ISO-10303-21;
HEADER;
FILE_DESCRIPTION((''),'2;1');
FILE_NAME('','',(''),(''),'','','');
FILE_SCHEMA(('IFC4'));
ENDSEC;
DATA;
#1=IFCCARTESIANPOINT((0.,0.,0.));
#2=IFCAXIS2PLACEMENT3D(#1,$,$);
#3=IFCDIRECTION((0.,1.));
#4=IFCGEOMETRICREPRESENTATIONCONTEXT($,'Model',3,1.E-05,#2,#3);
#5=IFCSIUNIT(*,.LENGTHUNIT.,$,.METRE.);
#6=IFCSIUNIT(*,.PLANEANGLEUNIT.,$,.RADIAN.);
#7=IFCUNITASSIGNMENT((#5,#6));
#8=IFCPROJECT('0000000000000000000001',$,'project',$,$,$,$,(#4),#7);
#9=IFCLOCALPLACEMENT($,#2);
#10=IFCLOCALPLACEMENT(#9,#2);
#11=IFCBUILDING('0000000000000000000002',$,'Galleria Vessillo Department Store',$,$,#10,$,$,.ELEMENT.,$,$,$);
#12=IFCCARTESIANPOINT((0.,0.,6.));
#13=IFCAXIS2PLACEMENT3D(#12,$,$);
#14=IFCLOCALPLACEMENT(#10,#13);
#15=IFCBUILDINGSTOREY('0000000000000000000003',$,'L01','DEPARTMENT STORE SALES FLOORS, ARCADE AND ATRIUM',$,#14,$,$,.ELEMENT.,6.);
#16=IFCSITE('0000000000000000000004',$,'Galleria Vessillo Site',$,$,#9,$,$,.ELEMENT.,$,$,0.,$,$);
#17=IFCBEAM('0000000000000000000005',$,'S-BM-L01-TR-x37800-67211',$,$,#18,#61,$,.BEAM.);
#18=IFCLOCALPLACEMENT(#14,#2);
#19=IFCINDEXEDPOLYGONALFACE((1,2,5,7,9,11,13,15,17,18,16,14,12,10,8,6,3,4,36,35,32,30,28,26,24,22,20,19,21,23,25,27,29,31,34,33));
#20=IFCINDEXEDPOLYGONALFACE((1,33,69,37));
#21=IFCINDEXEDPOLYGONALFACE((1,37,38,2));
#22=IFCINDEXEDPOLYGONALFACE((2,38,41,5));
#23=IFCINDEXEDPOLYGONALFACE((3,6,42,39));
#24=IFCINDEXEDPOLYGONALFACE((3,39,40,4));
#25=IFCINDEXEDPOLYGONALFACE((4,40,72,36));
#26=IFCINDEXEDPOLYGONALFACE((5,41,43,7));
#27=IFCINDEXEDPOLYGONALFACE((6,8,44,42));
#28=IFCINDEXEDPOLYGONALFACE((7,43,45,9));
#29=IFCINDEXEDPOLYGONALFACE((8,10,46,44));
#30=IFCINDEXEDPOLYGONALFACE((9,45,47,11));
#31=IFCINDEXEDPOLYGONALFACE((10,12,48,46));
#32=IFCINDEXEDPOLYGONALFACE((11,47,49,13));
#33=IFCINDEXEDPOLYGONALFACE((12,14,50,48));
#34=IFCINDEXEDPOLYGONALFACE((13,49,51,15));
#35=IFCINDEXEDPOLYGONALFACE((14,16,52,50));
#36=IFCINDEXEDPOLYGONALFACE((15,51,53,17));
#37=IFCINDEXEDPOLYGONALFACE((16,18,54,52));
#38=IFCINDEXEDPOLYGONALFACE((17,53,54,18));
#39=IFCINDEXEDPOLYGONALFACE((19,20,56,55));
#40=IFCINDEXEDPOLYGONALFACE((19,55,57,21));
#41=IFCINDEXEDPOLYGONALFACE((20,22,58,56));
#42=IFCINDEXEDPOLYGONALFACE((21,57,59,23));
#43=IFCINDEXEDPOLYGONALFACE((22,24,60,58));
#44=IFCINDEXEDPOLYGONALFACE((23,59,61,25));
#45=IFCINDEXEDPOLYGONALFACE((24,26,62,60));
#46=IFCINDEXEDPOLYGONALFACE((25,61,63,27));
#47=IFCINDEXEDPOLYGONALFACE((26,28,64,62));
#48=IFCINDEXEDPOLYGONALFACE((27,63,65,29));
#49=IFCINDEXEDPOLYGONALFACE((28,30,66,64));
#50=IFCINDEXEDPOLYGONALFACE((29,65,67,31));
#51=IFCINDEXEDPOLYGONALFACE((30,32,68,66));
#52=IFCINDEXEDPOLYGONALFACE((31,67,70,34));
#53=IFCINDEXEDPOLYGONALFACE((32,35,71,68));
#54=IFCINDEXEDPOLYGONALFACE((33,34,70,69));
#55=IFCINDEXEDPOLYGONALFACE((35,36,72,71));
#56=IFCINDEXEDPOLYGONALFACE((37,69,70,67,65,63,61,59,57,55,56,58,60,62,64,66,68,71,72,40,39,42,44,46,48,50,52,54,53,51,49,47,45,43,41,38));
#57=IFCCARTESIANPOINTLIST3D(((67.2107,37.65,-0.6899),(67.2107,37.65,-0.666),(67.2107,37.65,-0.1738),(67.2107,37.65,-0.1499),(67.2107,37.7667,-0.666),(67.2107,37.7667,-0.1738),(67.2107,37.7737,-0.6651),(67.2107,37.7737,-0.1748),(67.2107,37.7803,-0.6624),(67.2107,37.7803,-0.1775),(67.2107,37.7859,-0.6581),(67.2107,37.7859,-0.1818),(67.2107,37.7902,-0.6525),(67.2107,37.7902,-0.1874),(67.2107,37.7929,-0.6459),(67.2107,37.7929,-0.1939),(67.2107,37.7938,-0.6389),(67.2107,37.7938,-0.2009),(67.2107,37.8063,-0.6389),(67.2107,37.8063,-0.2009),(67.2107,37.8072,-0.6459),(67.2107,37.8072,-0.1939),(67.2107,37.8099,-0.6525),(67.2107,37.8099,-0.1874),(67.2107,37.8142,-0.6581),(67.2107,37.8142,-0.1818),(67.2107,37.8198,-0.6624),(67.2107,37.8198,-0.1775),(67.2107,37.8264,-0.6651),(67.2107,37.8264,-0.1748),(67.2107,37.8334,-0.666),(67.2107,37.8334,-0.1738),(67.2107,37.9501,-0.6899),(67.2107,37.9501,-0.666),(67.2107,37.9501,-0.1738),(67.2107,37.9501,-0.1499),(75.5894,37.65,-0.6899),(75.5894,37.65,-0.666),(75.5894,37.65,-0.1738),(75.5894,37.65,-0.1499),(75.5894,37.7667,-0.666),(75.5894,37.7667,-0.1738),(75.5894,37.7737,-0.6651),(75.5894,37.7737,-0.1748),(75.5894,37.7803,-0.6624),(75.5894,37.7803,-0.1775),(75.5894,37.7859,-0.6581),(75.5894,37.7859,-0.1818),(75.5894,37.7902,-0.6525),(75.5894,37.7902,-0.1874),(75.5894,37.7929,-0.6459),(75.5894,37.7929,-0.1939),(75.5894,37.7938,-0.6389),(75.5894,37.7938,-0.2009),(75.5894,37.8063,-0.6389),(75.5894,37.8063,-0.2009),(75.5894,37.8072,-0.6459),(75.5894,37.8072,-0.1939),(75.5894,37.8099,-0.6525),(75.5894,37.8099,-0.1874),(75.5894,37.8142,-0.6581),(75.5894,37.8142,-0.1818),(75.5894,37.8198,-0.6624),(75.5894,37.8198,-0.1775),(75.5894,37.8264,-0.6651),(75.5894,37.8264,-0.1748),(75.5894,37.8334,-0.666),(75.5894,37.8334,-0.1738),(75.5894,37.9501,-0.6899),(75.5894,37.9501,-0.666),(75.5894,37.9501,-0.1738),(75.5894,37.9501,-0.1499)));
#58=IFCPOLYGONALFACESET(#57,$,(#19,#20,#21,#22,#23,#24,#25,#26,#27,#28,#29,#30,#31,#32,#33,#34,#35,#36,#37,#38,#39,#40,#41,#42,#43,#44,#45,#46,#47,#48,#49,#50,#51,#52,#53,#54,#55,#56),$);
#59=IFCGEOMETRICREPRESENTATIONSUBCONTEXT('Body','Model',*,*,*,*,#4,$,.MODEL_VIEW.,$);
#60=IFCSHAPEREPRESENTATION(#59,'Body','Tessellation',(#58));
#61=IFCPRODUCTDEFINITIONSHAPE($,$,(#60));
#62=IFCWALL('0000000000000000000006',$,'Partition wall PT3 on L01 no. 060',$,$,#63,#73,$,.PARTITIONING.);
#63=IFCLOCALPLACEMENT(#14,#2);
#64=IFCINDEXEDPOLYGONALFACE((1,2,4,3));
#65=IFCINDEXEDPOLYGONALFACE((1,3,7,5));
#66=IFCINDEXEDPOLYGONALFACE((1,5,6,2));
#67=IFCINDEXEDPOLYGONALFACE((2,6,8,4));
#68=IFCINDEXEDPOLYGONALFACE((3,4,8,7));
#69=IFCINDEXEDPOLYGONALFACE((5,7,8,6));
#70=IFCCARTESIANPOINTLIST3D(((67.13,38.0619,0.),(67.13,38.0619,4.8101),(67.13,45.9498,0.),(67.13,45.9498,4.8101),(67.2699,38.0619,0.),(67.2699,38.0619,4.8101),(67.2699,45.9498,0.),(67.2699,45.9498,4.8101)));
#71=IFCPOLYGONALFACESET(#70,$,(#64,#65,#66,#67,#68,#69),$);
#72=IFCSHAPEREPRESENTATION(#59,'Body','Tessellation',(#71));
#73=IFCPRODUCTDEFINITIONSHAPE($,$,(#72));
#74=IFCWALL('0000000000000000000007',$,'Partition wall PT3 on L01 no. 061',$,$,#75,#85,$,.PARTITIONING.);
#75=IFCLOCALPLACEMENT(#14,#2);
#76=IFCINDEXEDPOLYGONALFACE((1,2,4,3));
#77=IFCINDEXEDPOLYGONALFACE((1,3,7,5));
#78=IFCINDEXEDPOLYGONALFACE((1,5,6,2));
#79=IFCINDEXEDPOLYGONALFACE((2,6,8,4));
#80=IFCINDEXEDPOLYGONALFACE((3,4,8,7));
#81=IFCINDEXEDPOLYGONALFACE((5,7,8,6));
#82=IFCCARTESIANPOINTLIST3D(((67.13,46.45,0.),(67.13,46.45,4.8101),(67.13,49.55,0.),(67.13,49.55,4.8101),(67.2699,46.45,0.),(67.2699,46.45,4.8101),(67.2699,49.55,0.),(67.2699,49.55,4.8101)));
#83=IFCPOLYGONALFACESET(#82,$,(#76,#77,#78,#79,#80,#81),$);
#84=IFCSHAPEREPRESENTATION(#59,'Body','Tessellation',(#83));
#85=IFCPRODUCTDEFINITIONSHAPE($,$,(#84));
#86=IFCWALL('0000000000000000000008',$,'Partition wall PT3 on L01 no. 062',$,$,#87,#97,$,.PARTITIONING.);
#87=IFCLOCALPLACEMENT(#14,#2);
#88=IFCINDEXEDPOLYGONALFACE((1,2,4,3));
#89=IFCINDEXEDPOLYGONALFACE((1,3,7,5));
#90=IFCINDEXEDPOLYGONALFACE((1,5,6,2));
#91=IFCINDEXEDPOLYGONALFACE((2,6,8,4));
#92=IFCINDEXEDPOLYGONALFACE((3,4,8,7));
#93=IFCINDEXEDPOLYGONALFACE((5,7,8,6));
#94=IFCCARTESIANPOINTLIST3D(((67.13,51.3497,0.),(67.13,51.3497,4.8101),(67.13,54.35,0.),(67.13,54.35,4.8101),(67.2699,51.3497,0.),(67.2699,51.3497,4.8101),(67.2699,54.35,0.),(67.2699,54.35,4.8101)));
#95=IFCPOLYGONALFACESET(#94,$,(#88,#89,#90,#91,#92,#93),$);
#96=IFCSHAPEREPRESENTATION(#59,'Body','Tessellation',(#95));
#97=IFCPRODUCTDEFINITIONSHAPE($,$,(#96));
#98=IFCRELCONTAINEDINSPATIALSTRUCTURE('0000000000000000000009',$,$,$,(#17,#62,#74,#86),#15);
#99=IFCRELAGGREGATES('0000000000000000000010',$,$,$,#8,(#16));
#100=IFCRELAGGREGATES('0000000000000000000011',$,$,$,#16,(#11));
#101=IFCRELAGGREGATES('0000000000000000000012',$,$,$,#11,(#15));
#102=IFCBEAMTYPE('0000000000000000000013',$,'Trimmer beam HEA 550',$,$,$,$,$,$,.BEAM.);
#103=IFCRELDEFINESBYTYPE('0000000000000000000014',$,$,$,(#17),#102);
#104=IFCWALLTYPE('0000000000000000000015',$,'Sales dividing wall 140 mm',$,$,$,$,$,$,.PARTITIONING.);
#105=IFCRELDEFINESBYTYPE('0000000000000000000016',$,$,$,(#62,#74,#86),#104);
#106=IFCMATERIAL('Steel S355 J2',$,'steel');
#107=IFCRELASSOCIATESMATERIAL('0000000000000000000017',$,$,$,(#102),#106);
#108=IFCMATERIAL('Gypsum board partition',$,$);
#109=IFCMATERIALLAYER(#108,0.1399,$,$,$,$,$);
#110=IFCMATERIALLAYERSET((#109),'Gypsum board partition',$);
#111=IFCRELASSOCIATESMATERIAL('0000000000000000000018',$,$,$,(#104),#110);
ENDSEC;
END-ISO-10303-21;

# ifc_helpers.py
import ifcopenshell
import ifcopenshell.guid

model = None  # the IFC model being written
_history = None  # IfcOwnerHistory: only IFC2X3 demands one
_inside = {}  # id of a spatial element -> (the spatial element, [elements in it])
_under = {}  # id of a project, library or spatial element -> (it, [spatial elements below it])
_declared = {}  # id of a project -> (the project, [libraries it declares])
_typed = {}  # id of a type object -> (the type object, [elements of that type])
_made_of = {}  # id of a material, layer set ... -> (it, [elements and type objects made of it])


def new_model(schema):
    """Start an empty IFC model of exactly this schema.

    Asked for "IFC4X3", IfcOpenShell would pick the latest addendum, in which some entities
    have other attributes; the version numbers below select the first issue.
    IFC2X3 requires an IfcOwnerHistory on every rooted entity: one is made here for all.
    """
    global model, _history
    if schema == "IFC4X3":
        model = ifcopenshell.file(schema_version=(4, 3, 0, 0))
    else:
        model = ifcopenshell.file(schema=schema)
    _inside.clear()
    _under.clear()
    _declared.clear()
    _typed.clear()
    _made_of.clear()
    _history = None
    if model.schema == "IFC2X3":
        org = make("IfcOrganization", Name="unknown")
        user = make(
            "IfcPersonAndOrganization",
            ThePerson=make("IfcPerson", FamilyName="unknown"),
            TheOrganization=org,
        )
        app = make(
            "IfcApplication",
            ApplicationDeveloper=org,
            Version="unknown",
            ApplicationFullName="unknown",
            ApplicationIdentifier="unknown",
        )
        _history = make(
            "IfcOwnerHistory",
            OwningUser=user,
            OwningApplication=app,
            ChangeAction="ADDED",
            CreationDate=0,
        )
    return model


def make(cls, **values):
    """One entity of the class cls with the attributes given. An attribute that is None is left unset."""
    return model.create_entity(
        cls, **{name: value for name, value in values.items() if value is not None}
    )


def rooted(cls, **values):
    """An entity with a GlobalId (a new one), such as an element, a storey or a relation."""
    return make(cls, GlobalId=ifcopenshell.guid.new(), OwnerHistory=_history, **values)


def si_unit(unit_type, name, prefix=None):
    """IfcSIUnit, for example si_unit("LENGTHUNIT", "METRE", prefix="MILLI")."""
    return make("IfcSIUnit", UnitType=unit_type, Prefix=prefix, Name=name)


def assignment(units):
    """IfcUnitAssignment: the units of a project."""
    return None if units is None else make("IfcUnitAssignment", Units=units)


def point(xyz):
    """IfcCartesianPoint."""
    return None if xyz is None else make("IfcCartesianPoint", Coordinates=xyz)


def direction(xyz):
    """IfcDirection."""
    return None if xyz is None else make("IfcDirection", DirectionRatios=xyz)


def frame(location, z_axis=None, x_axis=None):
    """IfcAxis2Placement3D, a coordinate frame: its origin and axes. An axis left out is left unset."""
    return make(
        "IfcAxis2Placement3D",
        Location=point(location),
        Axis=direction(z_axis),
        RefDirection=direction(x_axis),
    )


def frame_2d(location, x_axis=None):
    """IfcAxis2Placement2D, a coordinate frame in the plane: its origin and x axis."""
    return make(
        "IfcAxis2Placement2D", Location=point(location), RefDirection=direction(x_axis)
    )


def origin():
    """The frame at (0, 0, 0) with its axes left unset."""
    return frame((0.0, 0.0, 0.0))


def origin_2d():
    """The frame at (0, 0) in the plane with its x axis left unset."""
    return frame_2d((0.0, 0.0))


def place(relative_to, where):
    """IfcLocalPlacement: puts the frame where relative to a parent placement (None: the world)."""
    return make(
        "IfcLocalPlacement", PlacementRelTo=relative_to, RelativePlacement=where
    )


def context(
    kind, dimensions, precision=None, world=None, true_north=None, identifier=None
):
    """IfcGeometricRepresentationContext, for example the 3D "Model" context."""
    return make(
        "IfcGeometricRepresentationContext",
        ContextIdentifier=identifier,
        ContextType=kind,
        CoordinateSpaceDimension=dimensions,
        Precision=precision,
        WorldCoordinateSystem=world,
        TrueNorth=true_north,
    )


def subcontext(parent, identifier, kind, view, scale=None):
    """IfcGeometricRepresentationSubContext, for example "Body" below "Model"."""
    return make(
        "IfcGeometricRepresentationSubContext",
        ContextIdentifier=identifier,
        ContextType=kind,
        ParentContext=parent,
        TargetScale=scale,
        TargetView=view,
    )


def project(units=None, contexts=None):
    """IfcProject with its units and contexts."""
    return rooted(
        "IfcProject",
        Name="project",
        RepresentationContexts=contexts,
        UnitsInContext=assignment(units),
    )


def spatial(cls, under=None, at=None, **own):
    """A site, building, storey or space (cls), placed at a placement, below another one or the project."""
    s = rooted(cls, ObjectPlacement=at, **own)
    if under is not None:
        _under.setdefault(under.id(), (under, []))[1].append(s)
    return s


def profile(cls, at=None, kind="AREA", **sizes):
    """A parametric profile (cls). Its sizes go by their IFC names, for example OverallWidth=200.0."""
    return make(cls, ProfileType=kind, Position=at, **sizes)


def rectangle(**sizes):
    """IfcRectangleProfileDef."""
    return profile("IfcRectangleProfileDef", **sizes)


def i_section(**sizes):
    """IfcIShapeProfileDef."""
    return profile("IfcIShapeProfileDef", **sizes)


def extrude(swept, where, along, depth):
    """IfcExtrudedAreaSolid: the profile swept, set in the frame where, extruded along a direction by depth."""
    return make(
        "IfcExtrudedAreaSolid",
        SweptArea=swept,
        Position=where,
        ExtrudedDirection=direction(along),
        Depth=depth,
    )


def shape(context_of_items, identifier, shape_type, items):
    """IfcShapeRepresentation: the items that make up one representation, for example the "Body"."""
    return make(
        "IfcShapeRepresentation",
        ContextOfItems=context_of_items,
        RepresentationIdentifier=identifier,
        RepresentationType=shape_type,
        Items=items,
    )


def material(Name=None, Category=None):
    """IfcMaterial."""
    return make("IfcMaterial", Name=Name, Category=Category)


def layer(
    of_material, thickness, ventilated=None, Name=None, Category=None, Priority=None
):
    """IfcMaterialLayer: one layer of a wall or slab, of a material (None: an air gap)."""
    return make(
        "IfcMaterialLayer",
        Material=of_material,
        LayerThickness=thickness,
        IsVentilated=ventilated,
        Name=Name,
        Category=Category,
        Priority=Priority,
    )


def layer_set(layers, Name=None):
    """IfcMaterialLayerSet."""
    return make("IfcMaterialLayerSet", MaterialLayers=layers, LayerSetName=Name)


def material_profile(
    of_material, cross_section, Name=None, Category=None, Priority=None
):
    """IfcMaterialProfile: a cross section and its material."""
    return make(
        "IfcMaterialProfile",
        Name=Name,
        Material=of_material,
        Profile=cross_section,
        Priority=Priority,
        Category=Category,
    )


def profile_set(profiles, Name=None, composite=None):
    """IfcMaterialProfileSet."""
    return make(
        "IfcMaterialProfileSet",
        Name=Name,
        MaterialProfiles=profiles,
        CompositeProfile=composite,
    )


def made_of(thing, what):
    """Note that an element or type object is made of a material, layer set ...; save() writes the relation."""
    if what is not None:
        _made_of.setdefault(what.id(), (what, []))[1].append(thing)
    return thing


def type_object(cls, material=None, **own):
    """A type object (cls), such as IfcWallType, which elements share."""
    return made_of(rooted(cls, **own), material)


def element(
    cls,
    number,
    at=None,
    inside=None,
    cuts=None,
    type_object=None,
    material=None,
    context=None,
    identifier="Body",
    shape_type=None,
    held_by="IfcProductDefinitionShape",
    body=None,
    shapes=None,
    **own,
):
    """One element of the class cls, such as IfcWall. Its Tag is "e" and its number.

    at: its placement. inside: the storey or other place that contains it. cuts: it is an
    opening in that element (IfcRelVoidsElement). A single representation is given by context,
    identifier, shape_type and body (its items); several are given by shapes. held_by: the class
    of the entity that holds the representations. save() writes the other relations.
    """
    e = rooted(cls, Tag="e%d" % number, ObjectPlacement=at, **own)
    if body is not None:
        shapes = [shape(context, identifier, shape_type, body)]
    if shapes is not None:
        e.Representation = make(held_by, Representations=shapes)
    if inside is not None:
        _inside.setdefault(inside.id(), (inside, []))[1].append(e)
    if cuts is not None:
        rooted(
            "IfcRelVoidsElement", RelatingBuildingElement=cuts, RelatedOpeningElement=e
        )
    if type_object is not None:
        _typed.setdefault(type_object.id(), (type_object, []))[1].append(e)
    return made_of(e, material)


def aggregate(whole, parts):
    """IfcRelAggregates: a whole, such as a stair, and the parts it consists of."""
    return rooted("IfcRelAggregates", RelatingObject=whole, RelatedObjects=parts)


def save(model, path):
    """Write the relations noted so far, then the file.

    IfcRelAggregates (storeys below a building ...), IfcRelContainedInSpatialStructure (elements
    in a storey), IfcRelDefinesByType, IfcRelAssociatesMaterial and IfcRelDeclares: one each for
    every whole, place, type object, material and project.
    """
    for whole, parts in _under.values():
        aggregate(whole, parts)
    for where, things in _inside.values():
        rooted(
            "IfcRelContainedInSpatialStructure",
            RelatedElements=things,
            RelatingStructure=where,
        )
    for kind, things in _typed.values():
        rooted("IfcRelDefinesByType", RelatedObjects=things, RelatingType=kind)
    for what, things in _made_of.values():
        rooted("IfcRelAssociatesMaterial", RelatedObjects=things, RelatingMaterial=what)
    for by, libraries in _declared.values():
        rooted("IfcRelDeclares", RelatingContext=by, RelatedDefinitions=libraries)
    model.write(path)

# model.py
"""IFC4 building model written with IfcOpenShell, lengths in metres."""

from ifc_helpers import new_model, si_unit, direction, frame, frame_2d, origin, origin_2d, place, context, subcontext, project, spatial, rectangle, i_section, extrude, material, layer, layer_set, material_profile, profile_set, type_object, element, save


model = new_model("IFC4")

# Units and contexts
model_context = context("Model", 3, precision=1e-05, world=origin(), true_north=direction((0.0, 1.0)))
body_context = subcontext(model_context, "Body", "Model", "MODEL_VIEW")
ifc_project = project(units=[si_unit("LENGTHUNIT", "METRE"), si_unit("PLANEANGLEUNIT", "RADIAN")], contexts=[model_context])

# Site, building, storey
site_placement = place(None, origin())
site = spatial("IfcSite", under=ifc_project, at=site_placement, Name="Galleria Vessillo Site", CompositionType="ELEMENT", RefElevation=0.0)
building_placement = place(site_placement, origin())
building = spatial("IfcBuilding", under=site, at=building_placement, Name="Galleria Vessillo Department Store", CompositionType="ELEMENT")
storey_placement = place(building_placement, frame((0.0, 0.0, 6.0)))
storey = spatial("IfcBuildingStorey", under=building, at=storey_placement, Name="L01", Description="DEPARTMENT STORE SALES FLOORS, ARCADE AND ATRIUM", CompositionType="ELEMENT", Elevation=6.0)

# Beam
ifc_material_1 = material(Name="Steel S355 J2", Category="steel")
ifc_material_profile_1 = material_profile(ifc_material_1, i_section(OverallWidth=0.3, OverallDepth=0.54, WebThickness=0.0125, FlangeThickness=0.0239, FilletRadius=0.0271, at=origin_2d()), Name="HEA 550")
ifc_profile_set_1 = profile_set([ifc_material_profile_1], Name="Steel S355 J2")
beam_type_1 = type_object("IfcBeamType", Name="Trimmer beam HEA 550", PredefinedType="BEAM", material=ifc_profile_set_1)
beam_1_placement = place(storey_placement, frame((67.2107, 37.8, -0.4199), z_axis=(1.0, 0.0, 0.0), x_axis=(0.0, 1.0, 0.0)))
element("IfcBeam", 1, at=beam_1_placement, inside=storey, type_object=beam_type_1, Name="S-BM-L01-TR-x37800-67211", PredefinedType="BEAM", context=body_context, shape_type="SweptSolid", body=[
    extrude(i_section(OverallWidth=0.3, OverallDepth=0.54, WebThickness=0.0125, FlangeThickness=0.0239, FilletRadius=0.0271, at=origin_2d()), origin(), (0.0, 0.0, 1.0), 8.3787),
])

# Walls
ifc_material_2 = material(Name="Gypsum board partition")
ifc_layer = layer(ifc_material_2, 0.1399)
ifc_layer_set = layer_set([ifc_layer], Name="Gypsum board partition")
wall_type = type_object("IfcWallType", Name="Sales dividing wall 140 mm", PredefinedType="PARTITIONING", material=ifc_layer_set)
wall_1_placement = place(storey_placement, frame((67.2, 38.062, 0.0), z_axis=(0.0, 0.0, 1.0), x_axis=(0.0, 1.0, 0.0)))
element("IfcWall", 2, at=wall_1_placement, inside=storey, type_object=wall_type, Name="Partition wall PT3 on L01 no. 060", PredefinedType="PARTITIONING", context=body_context, shape_type="SweptSolid", body=[
    extrude(rectangle(XDim=7.8879, YDim=0.1399, at=frame_2d((3.9438, 0.0))), origin(), (0.0, 0.0, 1.0), 4.8101),
])
wall_2_placement = place(storey_placement, frame((67.2, 46.45, 0.0), z_axis=(0.0, 0.0, 1.0), x_axis=(0.0, 1.0, 0.0)))
element("IfcWall", 3, at=wall_2_placement, inside=storey, type_object=wall_type, Name="Partition wall PT3 on L01 no. 061", PredefinedType="PARTITIONING", context=body_context, shape_type="SweptSolid", body=[
    extrude(rectangle(XDim=3.1001, YDim=0.1399, at=frame_2d((1.55, 0.0))), origin(), (0.0, 0.0, 1.0), 4.8101),
])
wall_3_placement = place(storey_placement, frame((67.2, 51.3499, 0.0), z_axis=(0.0, 0.0, 1.0), x_axis=(0.0, 1.0, 0.0)))
element("IfcWall", 4, at=wall_3_placement, inside=storey, type_object=wall_type, Name="Partition wall PT3 on L01 no. 062", PredefinedType="PARTITIONING", context=body_context, shape_type="SweptSolid", body=[
    extrude(rectangle(XDim=3.0002, YDim=0.1399, at=frame_2d((1.5, 0.0))), origin(), (0.0, 0.0, 1.0), 4.8101),
])

save(model, "model.ifc")
